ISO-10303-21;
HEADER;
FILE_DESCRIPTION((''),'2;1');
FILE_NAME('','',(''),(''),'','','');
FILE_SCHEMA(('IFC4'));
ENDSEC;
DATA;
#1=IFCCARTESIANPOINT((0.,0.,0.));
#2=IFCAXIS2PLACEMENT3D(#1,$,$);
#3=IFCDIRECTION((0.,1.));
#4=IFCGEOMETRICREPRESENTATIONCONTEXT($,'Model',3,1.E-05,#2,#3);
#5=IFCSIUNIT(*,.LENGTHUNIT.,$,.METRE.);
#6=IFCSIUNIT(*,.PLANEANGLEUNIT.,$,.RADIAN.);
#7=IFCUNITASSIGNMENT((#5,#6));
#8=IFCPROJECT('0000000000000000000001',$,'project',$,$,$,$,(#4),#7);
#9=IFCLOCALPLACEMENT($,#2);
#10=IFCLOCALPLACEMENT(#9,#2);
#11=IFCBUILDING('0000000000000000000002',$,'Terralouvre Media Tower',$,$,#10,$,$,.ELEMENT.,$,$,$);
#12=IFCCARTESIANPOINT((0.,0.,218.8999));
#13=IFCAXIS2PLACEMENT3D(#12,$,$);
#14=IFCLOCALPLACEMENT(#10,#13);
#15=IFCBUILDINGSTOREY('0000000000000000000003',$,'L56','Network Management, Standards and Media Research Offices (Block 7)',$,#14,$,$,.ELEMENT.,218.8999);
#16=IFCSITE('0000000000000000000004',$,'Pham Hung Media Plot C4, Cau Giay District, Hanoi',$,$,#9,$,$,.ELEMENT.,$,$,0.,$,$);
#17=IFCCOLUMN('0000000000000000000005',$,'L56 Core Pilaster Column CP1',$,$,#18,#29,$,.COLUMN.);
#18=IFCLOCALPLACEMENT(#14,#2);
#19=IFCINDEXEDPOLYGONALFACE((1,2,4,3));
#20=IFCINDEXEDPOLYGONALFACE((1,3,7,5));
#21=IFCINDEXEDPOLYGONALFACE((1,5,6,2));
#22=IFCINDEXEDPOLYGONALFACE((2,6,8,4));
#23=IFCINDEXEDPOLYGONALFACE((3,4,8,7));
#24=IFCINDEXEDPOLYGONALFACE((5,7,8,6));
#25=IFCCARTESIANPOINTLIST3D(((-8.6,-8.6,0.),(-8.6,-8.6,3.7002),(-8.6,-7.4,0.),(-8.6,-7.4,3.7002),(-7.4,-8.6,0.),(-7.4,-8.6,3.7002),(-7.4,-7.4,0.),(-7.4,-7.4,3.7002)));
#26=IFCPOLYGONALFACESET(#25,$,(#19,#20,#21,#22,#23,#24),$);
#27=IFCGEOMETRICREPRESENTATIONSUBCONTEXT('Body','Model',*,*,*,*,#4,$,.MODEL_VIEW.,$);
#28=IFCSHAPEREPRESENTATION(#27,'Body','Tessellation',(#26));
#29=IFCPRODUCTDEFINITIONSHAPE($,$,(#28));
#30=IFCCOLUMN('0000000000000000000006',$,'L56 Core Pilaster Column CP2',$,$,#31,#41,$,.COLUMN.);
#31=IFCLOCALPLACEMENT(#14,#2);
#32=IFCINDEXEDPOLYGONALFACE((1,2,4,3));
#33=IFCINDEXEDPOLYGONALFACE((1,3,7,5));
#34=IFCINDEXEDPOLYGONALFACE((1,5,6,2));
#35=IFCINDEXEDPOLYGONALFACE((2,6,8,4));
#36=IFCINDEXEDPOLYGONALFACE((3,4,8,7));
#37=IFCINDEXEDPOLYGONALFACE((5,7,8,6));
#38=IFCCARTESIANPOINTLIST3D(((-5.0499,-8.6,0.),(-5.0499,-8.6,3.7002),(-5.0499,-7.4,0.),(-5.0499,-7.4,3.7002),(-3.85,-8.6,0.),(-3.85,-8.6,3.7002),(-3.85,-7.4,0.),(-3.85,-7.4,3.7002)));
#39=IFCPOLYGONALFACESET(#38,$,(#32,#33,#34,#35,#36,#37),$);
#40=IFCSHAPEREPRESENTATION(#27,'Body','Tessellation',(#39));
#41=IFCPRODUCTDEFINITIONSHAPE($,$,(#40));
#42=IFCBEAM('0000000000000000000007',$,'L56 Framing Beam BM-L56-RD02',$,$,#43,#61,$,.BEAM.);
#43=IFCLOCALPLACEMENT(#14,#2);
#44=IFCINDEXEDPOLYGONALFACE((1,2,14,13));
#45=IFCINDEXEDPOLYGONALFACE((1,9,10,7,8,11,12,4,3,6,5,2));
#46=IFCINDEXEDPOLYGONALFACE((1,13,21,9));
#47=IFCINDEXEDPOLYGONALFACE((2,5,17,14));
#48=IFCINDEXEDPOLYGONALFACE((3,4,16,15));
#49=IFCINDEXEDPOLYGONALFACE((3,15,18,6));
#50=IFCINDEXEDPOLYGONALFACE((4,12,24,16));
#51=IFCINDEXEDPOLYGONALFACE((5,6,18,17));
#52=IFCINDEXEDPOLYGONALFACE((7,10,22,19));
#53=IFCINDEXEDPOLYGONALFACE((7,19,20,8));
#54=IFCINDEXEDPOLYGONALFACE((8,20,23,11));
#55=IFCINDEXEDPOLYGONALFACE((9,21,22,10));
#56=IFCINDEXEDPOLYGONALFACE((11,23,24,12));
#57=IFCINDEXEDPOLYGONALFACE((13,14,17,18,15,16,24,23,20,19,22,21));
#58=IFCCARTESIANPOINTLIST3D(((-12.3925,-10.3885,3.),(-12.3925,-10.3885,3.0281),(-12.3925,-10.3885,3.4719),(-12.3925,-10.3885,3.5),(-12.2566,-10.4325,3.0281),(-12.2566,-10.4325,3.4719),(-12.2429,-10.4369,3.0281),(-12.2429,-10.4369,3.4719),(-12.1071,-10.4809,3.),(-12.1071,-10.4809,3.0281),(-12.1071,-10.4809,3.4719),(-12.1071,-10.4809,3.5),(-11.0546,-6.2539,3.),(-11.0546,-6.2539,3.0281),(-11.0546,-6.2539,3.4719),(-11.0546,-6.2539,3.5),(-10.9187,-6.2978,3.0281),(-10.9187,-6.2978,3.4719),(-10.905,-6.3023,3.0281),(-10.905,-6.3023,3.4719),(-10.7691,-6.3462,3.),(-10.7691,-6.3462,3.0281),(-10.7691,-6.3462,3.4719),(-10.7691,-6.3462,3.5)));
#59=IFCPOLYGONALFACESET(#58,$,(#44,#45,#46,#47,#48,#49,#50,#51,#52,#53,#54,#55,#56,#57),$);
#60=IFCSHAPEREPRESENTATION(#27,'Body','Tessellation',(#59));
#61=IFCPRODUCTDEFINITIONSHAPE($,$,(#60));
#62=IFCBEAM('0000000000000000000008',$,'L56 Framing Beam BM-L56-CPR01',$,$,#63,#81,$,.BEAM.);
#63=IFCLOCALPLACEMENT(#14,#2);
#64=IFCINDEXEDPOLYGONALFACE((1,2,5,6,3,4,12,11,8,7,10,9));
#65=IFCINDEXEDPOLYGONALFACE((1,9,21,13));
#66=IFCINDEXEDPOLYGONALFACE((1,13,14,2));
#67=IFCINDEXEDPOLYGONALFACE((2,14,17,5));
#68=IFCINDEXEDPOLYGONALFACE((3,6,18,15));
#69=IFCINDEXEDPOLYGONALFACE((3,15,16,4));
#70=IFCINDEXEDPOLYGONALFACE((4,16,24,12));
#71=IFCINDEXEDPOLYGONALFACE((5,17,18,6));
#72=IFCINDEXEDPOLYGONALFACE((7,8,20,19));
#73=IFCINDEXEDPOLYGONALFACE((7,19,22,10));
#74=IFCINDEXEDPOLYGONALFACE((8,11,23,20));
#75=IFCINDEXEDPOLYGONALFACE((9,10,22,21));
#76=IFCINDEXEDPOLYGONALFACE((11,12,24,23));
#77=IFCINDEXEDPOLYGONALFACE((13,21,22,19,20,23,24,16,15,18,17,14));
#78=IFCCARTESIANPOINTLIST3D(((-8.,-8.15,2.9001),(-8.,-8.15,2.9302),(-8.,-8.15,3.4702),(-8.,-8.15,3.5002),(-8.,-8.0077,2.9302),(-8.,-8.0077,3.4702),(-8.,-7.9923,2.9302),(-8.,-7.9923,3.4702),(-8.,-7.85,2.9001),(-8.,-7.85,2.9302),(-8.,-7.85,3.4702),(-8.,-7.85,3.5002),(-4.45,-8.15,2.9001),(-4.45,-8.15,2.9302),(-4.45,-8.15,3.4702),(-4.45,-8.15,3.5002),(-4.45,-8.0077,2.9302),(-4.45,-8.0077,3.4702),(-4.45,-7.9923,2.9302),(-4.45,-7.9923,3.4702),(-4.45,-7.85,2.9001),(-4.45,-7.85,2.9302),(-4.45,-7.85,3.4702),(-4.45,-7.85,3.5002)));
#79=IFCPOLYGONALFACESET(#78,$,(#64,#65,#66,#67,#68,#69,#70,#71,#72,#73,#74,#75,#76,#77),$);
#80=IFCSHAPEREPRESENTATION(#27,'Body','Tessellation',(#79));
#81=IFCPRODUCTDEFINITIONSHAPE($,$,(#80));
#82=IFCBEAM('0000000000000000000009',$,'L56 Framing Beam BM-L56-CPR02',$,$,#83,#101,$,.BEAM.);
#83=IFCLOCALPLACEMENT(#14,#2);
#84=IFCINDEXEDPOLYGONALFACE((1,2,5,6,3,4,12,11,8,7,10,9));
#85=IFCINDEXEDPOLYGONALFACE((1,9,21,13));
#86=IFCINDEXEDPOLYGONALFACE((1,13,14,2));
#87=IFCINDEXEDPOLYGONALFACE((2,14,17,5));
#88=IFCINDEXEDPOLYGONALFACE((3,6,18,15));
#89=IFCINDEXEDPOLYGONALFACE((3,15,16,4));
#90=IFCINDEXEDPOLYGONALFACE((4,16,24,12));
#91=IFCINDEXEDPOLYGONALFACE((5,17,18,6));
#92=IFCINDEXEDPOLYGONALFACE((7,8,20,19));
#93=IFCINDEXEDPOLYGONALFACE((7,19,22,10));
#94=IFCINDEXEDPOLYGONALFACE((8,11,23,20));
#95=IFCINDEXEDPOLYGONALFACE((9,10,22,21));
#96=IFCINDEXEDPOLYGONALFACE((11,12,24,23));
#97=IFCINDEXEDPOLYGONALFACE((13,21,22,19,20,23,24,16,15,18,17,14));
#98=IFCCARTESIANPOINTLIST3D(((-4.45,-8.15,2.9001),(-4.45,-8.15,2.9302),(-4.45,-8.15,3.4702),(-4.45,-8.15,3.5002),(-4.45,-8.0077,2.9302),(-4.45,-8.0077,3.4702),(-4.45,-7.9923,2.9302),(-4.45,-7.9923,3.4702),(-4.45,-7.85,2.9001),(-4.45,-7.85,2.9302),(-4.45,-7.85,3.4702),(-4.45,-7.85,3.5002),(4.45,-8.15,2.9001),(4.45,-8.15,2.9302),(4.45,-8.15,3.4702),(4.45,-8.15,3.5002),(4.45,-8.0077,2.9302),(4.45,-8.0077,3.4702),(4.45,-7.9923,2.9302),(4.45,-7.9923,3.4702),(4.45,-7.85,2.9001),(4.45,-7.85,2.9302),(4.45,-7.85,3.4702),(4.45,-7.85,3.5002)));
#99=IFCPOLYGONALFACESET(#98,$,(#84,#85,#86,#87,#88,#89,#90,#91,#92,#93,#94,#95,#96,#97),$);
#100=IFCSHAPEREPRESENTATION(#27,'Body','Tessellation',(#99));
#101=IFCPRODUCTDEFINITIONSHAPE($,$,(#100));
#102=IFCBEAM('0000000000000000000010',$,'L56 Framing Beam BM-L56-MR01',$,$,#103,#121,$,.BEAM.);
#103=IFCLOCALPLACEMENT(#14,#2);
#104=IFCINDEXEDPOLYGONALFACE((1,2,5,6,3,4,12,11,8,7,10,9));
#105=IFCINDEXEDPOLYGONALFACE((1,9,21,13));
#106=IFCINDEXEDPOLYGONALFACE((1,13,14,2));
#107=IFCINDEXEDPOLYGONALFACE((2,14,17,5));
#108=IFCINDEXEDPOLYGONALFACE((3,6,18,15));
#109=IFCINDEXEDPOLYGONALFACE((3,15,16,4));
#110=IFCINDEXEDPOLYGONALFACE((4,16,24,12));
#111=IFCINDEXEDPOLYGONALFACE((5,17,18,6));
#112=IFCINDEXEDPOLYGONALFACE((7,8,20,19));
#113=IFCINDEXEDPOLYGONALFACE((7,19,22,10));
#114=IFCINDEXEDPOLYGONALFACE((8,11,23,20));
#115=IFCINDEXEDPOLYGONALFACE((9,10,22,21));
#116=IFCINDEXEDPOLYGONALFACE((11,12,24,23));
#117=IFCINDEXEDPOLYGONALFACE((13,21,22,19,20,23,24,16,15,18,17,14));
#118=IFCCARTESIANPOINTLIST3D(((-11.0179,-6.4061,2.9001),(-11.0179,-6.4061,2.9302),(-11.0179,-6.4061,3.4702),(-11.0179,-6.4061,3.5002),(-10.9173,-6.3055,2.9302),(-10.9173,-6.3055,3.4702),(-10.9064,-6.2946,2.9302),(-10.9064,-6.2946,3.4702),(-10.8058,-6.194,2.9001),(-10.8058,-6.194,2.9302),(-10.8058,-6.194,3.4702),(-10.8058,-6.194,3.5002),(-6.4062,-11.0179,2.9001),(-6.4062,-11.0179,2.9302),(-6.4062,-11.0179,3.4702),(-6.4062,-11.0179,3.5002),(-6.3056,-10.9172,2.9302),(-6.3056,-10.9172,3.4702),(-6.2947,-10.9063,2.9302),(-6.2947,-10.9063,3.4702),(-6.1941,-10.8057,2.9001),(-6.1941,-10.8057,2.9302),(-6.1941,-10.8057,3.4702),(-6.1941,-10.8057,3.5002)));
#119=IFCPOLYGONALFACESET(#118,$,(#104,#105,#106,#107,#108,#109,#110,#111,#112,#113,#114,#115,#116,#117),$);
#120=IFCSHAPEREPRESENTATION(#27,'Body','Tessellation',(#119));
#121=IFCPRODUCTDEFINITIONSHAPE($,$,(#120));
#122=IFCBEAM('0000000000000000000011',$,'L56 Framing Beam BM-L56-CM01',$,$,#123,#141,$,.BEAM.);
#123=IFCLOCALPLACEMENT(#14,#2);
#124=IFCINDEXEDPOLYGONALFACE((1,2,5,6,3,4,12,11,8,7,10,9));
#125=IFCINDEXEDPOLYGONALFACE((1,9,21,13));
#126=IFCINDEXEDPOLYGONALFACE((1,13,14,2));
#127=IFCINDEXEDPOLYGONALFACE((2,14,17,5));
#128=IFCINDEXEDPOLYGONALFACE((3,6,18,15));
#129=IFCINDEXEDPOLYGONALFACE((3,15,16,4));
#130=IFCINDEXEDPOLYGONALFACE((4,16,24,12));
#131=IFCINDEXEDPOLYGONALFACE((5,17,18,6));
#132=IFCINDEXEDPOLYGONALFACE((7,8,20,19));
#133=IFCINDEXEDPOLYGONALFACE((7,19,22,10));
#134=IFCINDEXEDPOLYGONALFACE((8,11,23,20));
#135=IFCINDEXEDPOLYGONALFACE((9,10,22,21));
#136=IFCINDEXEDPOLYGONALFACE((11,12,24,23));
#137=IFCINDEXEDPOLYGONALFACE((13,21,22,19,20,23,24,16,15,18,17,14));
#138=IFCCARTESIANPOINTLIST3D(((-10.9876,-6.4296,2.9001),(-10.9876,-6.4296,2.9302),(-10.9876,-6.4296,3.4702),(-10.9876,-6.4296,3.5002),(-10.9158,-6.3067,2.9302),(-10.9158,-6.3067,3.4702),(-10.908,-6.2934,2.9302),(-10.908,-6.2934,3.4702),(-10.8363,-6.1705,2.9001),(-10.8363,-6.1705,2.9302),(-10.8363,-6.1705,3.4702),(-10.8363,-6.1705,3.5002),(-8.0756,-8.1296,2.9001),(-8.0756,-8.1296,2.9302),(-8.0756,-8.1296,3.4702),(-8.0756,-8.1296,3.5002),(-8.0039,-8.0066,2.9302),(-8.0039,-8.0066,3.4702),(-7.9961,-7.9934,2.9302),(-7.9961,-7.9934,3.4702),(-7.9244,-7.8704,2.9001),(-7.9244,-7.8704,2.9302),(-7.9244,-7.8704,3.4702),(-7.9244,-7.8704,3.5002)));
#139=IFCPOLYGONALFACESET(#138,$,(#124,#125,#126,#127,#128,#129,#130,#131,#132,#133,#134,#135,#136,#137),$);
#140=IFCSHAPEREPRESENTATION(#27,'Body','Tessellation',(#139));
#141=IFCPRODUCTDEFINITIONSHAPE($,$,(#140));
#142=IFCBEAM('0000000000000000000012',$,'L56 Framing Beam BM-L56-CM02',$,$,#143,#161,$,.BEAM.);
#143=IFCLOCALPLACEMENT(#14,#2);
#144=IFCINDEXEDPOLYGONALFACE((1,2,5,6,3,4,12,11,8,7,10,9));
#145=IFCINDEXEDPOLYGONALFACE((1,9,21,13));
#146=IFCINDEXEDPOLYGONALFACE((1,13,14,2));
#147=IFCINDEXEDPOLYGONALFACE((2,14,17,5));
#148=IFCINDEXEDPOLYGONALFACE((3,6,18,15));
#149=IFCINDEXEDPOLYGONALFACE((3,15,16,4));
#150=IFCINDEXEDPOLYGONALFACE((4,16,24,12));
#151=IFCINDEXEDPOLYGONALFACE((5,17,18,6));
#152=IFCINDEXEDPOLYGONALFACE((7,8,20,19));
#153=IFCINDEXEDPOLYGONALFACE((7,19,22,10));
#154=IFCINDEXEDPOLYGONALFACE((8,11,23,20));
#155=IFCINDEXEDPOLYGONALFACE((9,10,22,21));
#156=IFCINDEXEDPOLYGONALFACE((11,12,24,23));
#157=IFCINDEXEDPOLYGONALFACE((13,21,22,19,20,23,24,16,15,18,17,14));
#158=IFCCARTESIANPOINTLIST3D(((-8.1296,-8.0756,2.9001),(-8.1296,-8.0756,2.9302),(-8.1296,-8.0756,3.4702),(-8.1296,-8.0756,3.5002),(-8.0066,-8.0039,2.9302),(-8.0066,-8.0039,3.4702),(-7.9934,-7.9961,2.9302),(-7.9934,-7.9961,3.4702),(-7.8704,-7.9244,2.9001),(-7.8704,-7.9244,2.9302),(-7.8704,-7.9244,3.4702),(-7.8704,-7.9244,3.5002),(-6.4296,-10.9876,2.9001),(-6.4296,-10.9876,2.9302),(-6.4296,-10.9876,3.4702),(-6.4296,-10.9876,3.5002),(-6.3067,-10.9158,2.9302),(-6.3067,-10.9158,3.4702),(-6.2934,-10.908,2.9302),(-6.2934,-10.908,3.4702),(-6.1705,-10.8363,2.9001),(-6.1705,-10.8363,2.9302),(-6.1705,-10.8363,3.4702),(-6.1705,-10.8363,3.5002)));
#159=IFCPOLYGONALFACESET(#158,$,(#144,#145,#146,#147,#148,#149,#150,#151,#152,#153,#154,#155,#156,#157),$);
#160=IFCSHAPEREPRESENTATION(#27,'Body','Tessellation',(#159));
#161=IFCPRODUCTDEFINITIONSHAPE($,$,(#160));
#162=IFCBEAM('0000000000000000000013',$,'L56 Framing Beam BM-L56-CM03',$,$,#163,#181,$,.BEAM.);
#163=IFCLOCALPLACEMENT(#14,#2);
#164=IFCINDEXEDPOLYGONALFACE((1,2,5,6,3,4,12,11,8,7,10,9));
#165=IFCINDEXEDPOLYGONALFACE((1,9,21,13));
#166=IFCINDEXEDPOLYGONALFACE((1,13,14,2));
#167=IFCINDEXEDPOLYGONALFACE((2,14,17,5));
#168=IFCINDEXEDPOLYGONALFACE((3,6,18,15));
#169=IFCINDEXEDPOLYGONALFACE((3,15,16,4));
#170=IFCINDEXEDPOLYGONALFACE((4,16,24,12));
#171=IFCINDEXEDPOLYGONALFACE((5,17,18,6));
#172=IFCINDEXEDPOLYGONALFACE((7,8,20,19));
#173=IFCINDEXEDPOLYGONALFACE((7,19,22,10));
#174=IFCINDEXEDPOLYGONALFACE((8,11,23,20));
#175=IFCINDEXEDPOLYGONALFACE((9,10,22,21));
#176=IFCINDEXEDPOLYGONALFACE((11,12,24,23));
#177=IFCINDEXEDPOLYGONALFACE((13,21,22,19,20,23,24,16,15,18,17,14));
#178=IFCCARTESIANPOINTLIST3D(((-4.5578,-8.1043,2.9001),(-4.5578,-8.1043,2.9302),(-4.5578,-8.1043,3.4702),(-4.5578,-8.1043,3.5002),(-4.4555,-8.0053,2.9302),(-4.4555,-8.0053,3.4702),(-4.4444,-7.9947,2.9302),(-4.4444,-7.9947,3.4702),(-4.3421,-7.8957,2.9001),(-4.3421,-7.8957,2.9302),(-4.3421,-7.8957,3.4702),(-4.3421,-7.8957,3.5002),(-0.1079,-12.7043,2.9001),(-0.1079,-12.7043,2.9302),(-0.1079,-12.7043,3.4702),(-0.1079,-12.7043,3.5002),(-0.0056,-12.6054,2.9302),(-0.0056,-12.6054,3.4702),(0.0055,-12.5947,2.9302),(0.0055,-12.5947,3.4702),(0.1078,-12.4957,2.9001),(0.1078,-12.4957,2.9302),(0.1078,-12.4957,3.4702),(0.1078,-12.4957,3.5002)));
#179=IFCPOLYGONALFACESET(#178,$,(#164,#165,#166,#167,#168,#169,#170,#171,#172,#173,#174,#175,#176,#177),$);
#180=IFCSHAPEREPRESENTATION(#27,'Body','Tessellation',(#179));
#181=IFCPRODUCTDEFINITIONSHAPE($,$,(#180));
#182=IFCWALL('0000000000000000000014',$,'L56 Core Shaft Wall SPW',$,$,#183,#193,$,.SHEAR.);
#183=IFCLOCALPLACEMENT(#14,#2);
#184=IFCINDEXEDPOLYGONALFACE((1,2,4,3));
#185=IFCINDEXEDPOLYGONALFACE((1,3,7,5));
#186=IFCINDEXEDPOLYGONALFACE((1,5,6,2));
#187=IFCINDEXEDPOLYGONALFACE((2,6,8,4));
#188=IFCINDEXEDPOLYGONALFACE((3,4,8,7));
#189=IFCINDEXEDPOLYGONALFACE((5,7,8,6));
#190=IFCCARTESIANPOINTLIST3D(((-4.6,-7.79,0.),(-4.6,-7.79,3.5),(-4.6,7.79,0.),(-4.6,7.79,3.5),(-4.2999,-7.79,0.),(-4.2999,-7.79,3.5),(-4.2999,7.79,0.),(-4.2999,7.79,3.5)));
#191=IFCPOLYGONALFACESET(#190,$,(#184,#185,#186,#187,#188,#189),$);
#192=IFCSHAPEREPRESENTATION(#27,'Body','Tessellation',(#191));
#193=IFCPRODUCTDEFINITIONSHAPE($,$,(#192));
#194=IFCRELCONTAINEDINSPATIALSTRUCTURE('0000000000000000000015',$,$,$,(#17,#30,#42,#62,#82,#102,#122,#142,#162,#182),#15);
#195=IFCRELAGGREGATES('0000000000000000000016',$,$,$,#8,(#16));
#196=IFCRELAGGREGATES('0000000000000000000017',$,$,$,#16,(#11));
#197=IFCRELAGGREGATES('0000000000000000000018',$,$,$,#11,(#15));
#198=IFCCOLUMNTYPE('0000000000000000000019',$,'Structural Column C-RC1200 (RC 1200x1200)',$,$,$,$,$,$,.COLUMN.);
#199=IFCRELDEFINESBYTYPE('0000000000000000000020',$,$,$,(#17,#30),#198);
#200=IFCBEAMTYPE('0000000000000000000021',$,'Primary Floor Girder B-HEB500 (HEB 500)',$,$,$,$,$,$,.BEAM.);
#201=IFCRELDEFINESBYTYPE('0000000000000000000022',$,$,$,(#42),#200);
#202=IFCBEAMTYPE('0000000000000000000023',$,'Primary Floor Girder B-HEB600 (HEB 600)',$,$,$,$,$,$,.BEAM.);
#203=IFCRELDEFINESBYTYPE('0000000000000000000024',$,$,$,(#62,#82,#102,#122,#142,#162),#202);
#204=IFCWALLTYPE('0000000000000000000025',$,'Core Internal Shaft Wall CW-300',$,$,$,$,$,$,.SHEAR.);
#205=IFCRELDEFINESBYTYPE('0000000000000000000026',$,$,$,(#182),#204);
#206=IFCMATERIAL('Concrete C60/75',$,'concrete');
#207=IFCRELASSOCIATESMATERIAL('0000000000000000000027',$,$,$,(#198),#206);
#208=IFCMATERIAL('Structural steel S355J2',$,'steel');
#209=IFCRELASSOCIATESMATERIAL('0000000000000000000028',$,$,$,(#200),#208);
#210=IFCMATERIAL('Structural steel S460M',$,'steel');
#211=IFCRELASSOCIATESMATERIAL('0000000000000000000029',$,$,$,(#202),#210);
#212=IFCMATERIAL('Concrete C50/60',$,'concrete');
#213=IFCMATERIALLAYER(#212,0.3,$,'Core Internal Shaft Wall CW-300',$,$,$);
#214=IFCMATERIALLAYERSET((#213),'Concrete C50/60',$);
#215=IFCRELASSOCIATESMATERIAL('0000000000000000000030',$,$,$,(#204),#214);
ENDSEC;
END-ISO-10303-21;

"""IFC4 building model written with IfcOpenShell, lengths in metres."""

from ifc_helpers import new_model, si_unit, direction, frame, frame_2d, origin, origin_2d, place, context, subcontext, project, spatial, rectangle, i_section, extrude, material, layer, layer_set, material_profile, profile_set, type_object, element, save


model = new_model("IFC4")

# Units and contexts
model_context = context("Model", 3, precision=1e-05, world=origin(), true_north=direction((0.0, 1.0)))
body_context = subcontext(model_context, "Body", "Model", "MODEL_VIEW")
ifc_project = project(units=[si_unit("LENGTHUNIT", "METRE"), si_unit("PLANEANGLEUNIT", "RADIAN")], contexts=[model_context])

# Site, building, storey
site_placement = place(None, origin())
site = spatial("IfcSite", under=ifc_project, at=site_placement, Name="Pham Hung Media Plot C4, Cau Giay District, Hanoi", CompositionType="ELEMENT", RefElevation=0.0)
building_placement = place(site_placement, origin())
building = spatial("IfcBuilding", under=site, at=building_placement, Name="Terralouvre Media Tower", CompositionType="ELEMENT")
storey_placement = place(building_placement, frame((0.0, 0.0, 218.8999)))
storey = spatial("IfcBuildingStorey", under=building, at=storey_placement, Name="L56", Description="Network Management, Standards and Media Research Offices (Block 7)", CompositionType="ELEMENT", Elevation=218.8999)

# Columns
ifc_material_1 = material(Name="Concrete C60/75", Category="concrete")
ifc_material_profile_1 = material_profile(ifc_material_1, rectangle(XDim=1.2, YDim=1.2, at=origin_2d()), Name="RC 1200x1200")
ifc_profile_set_1 = profile_set([ifc_material_profile_1], Name="Concrete C60/75")
column_type = type_object("IfcColumnType", Name="Structural Column C-RC1200 (RC 1200x1200)", PredefinedType="COLUMN", material=ifc_profile_set_1)
for number, where, z_axis, x_axis, name in (
    (1, (-8.0, -8.0, 0.0), (0.0, 0.0, 1.0), (1.0, 0.0, 0.0), "L56 Core Pilaster Column CP1"),
    (2, (-4.45, -8.0, 0.0), (0.0, 0.0, 1.0), (1.0, 0.0, 0.0), "L56 Core Pilaster Column CP2"),
):
    element("IfcColumn", number, at=place(storey_placement, frame(where, z_axis=z_axis, x_axis=x_axis)), inside=storey, type_object=column_type, Name=name, PredefinedType="COLUMN", context=body_context, shape_type="SweptSolid", body=[
        extrude(rectangle(XDim=1.2, YDim=1.2, at=origin_2d()), origin(), (0.0, 0.0, 1.0), 3.7002),
    ])

# Beams
ifc_material_2 = material(Name="Structural steel S355J2", Category="steel")
ifc_material_profile_2 = material_profile(ifc_material_2, i_section(OverallWidth=0.3, OverallDepth=0.5, WebThickness=0.0144, FlangeThickness=0.0281, at=origin_2d()), Name="HEB 500")
ifc_profile_set_2 = profile_set([ifc_material_profile_2], Name="Structural steel S355J2")
beam_type_1 = type_object("IfcBeamType", Name="Primary Floor Girder B-HEB500 (HEB 500)", PredefinedType="BEAM", material=ifc_profile_set_2)
beam_1_placement = place(storey_placement, frame((-10.9119, -6.3, 3.25), z_axis=(-0.307873, -0.951428, 0.0), x_axis=(0.951428, -0.307873, 0.0)))
element("IfcBeam", 3, at=beam_1_placement, inside=storey, type_object=beam_type_1, Name="L56 Framing Beam BM-L56-RD02", PredefinedType="BEAM", context=body_context, shape_type="SweptSolid", body=[
    extrude(i_section(OverallWidth=0.3, OverallDepth=0.5, WebThickness=0.0144, FlangeThickness=0.0281, at=origin_2d()), origin(), (0.0, 0.0, 1.0), 4.3457),
])
ifc_material_3 = material(Name="Structural steel S460M", Category="steel")
ifc_material_profile_3 = material_profile(ifc_material_3, i_section(OverallWidth=0.3, OverallDepth=0.6001, WebThickness=0.0154, FlangeThickness=0.03, at=origin_2d()), Name="HEB 600")
ifc_profile_set_3 = profile_set([ifc_material_profile_3], Name="Structural steel S460M")
beam_type_2 = type_object("IfcBeamType", Name="Primary Floor Girder B-HEB600 (HEB 600)", PredefinedType="BEAM", material=ifc_profile_set_3)
beam_2_placement = place(storey_placement, frame((-8.0, -8.0, 3.2002), z_axis=(1.0, 0.0, 0.0), x_axis=(0.0, 1.0, 0.0)))
element("IfcBeam", 4, at=beam_2_placement, inside=storey, type_object=beam_type_2, Name="L56 Framing Beam BM-L56-CPR01", PredefinedType="BEAM", context=body_context, shape_type="SweptSolid", body=[
    extrude(i_section(OverallWidth=0.3, OverallDepth=0.6001, WebThickness=0.0154, FlangeThickness=0.03, at=origin_2d()), origin(), (0.0, 0.0, 1.0), 3.55),
])
beam_3_placement = place(storey_placement, frame((-4.45, -8.0, 3.2002), z_axis=(1.0, 0.0, 0.0), x_axis=(0.0, 1.0, 0.0)))
element("IfcBeam", 5, at=beam_3_placement, inside=storey, type_object=beam_type_2, Name="L56 Framing Beam BM-L56-CPR02", PredefinedType="BEAM", context=body_context, shape_type="SweptSolid", body=[
    extrude(i_section(OverallWidth=0.3, OverallDepth=0.6001, WebThickness=0.0154, FlangeThickness=0.03, at=origin_2d()), origin(), (0.0, 0.0, 1.0), 8.8999),
])
beam_4_placement = place(storey_placement, frame((-10.9119, -6.3, 3.2002), z_axis=(0.707107, -0.707107, 0.0), x_axis=(0.707107, 0.707107, 0.0)))
element("IfcBeam", 6, at=beam_4_placement, inside=storey, type_object=beam_type_2, Name="L56 Framing Beam BM-L56-MR01", PredefinedType="BEAM", context=body_context, shape_type="SweptSolid", body=[
    extrude(i_section(OverallWidth=0.3, OverallDepth=0.6001, WebThickness=0.0154, FlangeThickness=0.03, at=origin_2d()), origin(), (0.0, 0.0, 1.0), 6.522),
])
for number, where, z_axis, x_axis, name in (
    (7, (-8.0, -8.0, 3.2002), (-0.863603, 0.504173, 0.0), (-0.504173, -0.863603, 0.0), "L56 Framing Beam BM-L56-CM01"),
    (8, (-8.0, -8.0, 3.2002), (0.504173, -0.863603, 0.0), (0.863603, 0.504173, 0.0), "L56 Framing Beam BM-L56-CM02"),
):
    element("IfcBeam", number, at=place(storey_placement, frame(where, z_axis=z_axis, x_axis=x_axis)), inside=storey, type_object=beam_type_2, Name=name, PredefinedType="BEAM", context=body_context, shape_type="SweptSolid", body=[
        extrude(i_section(OverallWidth=0.3, OverallDepth=0.6001, WebThickness=0.0154, FlangeThickness=0.03, at=origin_2d()), origin(), (0.0, 0.0, 1.0), 3.3718),
    ])
beam_5_placement = place(storey_placement, frame((-4.45, -8.0, 3.2002), z_axis=(0.69528, -0.718739, 0.0), x_axis=(0.718739, 0.69528, 0.0)))
element("IfcBeam", 9, at=beam_5_placement, inside=storey, type_object=beam_type_2, Name="L56 Framing Beam BM-L56-CM03", PredefinedType="BEAM", context=body_context, shape_type="SweptSolid", body=[
    extrude(i_section(OverallWidth=0.3, OverallDepth=0.6001, WebThickness=0.0154, FlangeThickness=0.03, at=origin_2d()), origin(), (0.0, 0.0, 1.0), 6.4001),
])

# Wall
ifc_material_4 = material(Name="Concrete C50/60", Category="concrete")
ifc_layer_1 = layer(ifc_material_4, 0.3, Name="Core Internal Shaft Wall CW-300")
ifc_layer_set_1 = layer_set([ifc_layer_1], Name="Concrete C50/60")
wall_type_1 = type_object("IfcWallType", Name="Core Internal Shaft Wall CW-300", PredefinedType="SHEAR", material=ifc_layer_set_1)
wall_1_placement = place(storey_placement, frame((-4.45, -7.79, 0.0), z_axis=(0.0, 0.0, 1.0), x_axis=(0.0, 1.0, 0.0)))
element("IfcWall", 10, at=wall_1_placement, inside=storey, type_object=wall_type_1, Name="L56 Core Shaft Wall SPW", PredefinedType="SHEAR", context=body_context, shape_type="SweptSolid", body=[
    extrude(rectangle(XDim=15.5801, YDim=0.3, at=frame_2d((7.79, 0.0))), origin(), (0.0, 0.0, 1.0), 3.5),
])

save(model, "model.ifc")
